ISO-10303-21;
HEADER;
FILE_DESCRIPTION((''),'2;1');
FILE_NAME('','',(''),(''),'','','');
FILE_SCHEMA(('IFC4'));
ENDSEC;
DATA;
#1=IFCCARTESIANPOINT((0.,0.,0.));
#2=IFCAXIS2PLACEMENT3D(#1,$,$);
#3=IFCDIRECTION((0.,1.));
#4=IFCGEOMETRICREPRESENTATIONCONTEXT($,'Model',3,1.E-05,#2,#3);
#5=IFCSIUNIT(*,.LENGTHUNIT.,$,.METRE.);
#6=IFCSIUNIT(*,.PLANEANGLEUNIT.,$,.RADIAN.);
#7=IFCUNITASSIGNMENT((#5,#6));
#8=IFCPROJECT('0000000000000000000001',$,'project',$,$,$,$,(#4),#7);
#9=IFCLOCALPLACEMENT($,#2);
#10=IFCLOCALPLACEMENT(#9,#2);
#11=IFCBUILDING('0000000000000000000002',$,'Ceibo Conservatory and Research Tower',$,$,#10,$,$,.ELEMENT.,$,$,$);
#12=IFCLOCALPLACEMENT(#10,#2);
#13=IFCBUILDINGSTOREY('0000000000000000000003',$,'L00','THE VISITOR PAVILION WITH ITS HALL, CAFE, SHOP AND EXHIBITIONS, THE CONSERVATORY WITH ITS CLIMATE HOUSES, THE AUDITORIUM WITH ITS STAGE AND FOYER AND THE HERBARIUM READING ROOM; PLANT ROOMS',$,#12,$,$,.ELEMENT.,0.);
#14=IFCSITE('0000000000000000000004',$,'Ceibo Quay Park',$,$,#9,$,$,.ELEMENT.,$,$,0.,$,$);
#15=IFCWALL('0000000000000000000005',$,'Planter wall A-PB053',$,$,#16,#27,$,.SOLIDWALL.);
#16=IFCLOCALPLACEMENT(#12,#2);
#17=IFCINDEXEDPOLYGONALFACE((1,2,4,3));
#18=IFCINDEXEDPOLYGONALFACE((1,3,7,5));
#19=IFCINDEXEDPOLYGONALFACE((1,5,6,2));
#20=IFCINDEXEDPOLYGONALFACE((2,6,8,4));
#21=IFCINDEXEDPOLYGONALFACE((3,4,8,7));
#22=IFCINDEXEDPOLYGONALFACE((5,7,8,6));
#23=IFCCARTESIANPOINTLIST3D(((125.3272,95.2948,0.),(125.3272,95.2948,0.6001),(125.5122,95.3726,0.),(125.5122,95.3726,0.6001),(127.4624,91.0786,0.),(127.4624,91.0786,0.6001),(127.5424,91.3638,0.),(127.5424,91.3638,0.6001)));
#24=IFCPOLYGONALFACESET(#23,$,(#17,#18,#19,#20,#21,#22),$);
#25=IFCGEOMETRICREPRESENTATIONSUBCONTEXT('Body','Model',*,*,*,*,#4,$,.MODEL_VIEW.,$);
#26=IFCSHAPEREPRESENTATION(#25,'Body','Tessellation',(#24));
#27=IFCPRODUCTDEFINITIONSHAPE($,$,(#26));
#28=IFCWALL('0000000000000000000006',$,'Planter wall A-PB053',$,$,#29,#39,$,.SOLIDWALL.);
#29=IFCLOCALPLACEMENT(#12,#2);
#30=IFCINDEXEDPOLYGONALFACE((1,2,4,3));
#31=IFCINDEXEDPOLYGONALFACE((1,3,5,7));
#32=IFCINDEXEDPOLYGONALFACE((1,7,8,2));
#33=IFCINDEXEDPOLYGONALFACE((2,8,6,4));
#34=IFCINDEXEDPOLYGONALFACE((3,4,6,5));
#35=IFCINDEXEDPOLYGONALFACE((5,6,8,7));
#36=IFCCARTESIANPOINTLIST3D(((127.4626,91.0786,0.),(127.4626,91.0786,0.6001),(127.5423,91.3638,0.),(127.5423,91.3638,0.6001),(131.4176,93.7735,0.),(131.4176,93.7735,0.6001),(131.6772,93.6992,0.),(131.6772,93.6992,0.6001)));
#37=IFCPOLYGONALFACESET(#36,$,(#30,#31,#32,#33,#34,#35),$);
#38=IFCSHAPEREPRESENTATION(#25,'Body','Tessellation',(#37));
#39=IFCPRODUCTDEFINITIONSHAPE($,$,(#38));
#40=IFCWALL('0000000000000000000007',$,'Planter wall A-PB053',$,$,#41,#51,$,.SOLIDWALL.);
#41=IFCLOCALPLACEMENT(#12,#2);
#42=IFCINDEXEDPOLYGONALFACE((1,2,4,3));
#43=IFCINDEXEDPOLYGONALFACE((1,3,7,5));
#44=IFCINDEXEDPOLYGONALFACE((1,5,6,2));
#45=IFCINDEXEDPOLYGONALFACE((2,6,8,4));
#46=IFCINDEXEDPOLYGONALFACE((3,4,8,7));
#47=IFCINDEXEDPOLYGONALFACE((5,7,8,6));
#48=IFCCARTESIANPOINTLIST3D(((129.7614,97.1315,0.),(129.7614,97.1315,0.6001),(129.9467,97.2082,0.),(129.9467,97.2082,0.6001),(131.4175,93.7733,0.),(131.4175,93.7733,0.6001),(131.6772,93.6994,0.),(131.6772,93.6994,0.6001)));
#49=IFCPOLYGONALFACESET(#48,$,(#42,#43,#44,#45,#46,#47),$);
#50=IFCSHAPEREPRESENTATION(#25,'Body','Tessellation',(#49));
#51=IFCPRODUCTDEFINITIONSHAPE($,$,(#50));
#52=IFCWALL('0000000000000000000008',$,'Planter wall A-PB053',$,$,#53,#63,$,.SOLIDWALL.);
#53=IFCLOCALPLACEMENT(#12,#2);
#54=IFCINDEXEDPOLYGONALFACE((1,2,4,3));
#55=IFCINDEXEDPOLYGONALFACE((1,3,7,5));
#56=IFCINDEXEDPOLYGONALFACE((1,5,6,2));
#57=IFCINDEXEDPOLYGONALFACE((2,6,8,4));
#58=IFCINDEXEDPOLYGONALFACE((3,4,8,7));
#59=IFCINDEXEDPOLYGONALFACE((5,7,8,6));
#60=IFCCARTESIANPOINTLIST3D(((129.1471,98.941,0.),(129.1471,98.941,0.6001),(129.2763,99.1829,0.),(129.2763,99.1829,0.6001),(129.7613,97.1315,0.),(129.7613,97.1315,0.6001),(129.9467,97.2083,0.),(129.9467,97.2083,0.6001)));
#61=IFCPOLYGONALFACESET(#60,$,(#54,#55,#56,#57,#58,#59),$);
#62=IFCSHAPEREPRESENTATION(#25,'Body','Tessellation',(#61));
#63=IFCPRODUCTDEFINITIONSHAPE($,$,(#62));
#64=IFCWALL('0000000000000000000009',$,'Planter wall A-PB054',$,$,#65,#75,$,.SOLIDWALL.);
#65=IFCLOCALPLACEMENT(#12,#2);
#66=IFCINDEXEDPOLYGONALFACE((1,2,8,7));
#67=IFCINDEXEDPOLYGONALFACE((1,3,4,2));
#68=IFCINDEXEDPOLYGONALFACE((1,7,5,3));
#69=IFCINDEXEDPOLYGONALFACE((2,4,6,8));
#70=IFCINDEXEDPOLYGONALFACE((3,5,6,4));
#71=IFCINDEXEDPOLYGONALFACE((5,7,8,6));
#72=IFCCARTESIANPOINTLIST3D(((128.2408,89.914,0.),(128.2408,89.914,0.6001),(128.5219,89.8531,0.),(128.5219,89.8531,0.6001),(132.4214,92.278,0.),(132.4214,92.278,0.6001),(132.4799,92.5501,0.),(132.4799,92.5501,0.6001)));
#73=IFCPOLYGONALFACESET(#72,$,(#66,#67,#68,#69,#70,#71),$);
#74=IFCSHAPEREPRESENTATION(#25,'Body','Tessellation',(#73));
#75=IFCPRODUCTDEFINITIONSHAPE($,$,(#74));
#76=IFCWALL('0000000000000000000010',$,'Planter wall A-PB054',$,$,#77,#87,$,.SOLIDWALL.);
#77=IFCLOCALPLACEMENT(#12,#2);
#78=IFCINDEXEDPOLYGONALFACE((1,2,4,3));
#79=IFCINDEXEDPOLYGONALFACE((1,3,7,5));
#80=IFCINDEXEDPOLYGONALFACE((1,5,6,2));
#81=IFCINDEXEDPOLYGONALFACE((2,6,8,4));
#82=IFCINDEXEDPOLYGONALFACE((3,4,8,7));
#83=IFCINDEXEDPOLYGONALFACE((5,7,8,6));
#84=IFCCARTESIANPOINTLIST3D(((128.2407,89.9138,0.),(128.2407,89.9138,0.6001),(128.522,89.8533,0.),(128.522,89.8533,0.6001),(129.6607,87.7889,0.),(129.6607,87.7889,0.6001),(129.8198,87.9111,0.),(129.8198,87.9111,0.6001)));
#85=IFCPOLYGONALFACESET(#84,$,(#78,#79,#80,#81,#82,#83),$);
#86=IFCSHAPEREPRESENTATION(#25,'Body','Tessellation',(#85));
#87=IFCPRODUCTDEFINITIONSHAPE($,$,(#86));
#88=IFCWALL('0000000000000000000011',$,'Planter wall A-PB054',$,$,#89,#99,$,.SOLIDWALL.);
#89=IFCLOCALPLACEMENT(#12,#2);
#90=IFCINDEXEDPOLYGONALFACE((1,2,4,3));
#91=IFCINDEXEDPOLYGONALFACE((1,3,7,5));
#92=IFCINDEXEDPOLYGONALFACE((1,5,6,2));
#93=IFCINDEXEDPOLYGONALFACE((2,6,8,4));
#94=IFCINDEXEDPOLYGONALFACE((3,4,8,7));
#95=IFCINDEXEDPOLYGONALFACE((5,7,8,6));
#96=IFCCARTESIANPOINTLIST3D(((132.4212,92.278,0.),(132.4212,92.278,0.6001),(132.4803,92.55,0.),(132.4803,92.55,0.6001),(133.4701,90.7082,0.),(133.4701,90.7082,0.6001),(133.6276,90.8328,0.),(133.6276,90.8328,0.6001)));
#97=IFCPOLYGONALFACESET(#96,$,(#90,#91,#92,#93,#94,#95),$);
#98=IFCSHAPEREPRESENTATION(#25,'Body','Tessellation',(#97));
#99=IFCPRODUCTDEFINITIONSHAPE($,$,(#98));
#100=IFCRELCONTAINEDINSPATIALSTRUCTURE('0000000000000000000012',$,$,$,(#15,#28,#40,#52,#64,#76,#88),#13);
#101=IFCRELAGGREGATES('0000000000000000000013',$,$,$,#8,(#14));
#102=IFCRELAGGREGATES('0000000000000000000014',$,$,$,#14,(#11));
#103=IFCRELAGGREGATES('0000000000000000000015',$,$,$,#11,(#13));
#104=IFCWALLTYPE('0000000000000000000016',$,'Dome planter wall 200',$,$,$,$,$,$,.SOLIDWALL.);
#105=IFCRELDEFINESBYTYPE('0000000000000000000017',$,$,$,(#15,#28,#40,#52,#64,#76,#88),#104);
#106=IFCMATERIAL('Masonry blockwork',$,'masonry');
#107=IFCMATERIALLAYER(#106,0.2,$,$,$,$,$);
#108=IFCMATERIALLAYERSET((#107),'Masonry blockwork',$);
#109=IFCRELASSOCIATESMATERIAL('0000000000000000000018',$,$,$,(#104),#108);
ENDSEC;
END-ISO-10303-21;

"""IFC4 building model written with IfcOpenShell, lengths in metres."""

from ifc_helpers import new_model, si_unit, direction, frame, origin, place, context, subcontext, project, spatial, polyline, outline, extrude, material, layer, layer_set, type_object, element, save


model = new_model("IFC4")

# Units and contexts
model_context = context("Model", 3, precision=1e-05, world=origin(), true_north=direction((0.0, 1.0)))
body_context = subcontext(model_context, "Body", "Model", "MODEL_VIEW")
ifc_project = project(units=[si_unit("LENGTHUNIT", "METRE"), si_unit("PLANEANGLEUNIT", "RADIAN")], contexts=[model_context])

# Site, building, storey
site_placement = place(None, origin())
site = spatial("IfcSite", under=ifc_project, at=site_placement, Name="Ceibo Quay Park", CompositionType="ELEMENT", RefElevation=0.0)
building_placement = place(site_placement, origin())
building = spatial("IfcBuilding", under=site, at=building_placement, Name="Ceibo Conservatory and Research Tower", CompositionType="ELEMENT")
storey_placement = place(building_placement, origin())
storey = spatial("IfcBuildingStorey", under=building, at=storey_placement, Name="L00", Description="THE VISITOR PAVILION WITH ITS HALL, CAFE, SHOP AND EXHIBITIONS, THE CONSERVATORY WITH ITS CLIMATE HOUSES, THE AUDITORIUM WITH ITS STAGE AND FOYER AND THE HERBARIUM READING ROOM; PLANT ROOMS", CompositionType="ELEMENT", Elevation=0.0)

# Walls
ifc_material_1 = material(Name="Masonry blockwork", Category="masonry")
ifc_layer_1 = layer(ifc_material_1, 0.2)
ifc_layer_set_1 = layer_set([ifc_layer_1], Name="Masonry blockwork")
wall_type_1 = type_object("IfcWallType", Name="Dome planter wall 200", PredefinedType="SOLIDWALL", material=ifc_layer_set_1)
wall_1_placement = place(storey_placement, frame((125.4197, 95.3337, 0.0), z_axis=(0.0, 0.0, 1.0), x_axis=(0.451805, -0.892117, 0.0)))
element("IfcWall", 1, at=wall_1_placement, inside=storey, type_object=wall_type_1, Name="Planter wall A-PB053", PredefinedType="SOLIDWALL", context=body_context, shape_type="SweptSolid", body=[
    extrude(outline(polyline([(-0.0071, -0.1001), (4.719, -0.1001), (4.5007, 0.1001), (0.0071, 0.1001), (-0.0071, -0.1001)])), origin(), (0.0, 0.0, 1.0), 0.6001),
])
wall_2_placement = place(storey_placement, frame((127.5024, 91.2212, 0.0), z_axis=(0.0, 0.0, 1.0), x_axis=(0.849217, 0.528044, 0.0)))
element("IfcWall", 2, at=wall_2_placement, inside=storey, type_object=wall_type_1, Name="Planter wall A-PB053", PredefinedType="SOLIDWALL", context=body_context, shape_type="SweptSolid", body=[
    extrude(outline(polyline([(-0.1091, -0.1001), (4.8538, -0.1001), (4.6726, 0.1001), (0.1091, 0.1001), (-0.1091, -0.1001)])), origin(), (0.0, 0.0, 1.0), 0.6001),
])
wall_3_placement = place(storey_placement, frame((131.5474, 93.7363, 0.0), z_axis=(0.0, 0.0, 1.0), x_axis=(-0.442309, 0.896863, 0.0)))
element("IfcWall", 3, at=wall_3_placement, inside=storey, type_object=wall_type_1, Name="Planter wall A-PB053", PredefinedType="SOLIDWALL", context=body_context, shape_type="SweptSolid", body=[
    extrude(outline(polyline([(-0.0906, -0.1001), (3.8218, -0.1001), (3.835, 0.1001), (0.0906, 0.1001), (-0.0906, -0.1001)])), origin(), (0.0, 0.0, 1.0), 0.6001),
])
wall_4_placement = place(storey_placement, frame((129.854, 97.1699, 0.0), z_axis=(0.0, 0.0, 1.0), x_axis=(-0.321465, 0.946922, 0.0)))
element("IfcWall", 4, at=wall_4_placement, inside=storey, type_object=wall_type_1, Name="Planter wall A-PB053", PredefinedType="SOLIDWALL", context=body_context, shape_type="SweptSolid", body=[
    extrude(outline(polyline([(0.0066, -0.1001), (2.0918, -0.1001), (1.9043, 0.1001), (-0.0066, 0.1001), (0.0066, -0.1001)])), origin(), (0.0, 0.0, 1.0), 0.6001),
])
wall_5_placement = place(storey_placement, frame((132.4507, 92.4141, 0.0), z_axis=(0.0, 0.0, 1.0), x_axis=(-0.849198, -0.528074, 0.0)))
element("IfcWall", 5, at=wall_5_placement, inside=storey, type_object=wall_type_1, Name="Planter wall A-PB054", PredefinedType="SOLIDWALL", context=body_context, shape_type="SweptSolid", body=[
    extrude(outline(polyline([(-0.0967, -0.1001), (4.8953, -0.1001), (4.6887, 0.1001), (0.0967, 0.1001), (-0.0967, -0.1001)])), origin(), (0.0, 0.0, 1.0), 0.6001),
])
wall_6_placement = place(storey_placement, frame((128.3813, 89.8835, 0.0), z_axis=(0.0, 0.0, 1.0), x_axis=(0.555621, -0.831435, 0.0)))
element("IfcWall", 6, at=wall_6_placement, inside=storey, type_object=wall_type_1, Name="Planter wall A-PB054", PredefinedType="SOLIDWALL", context=body_context, shape_type="SweptSolid", body=[
    extrude(outline(polyline([(-0.1033, -0.1001), (2.4524, -0.1001), (2.4392, 0.1001), (0.1033, 0.1001), (-0.1033, -0.1001)])), origin(), (0.0, 0.0, 1.0), 0.6001),
])
wall_7_placement = place(storey_placement, frame((133.5488, 90.7705, 0.0), z_axis=(0.0, 0.0, 1.0), x_axis=(-0.555555, 0.83148, 0.0)))
element("IfcWall", 7, at=wall_7_placement, inside=storey, type_object=wall_type_1, Name="Planter wall A-PB054", PredefinedType="SOLIDWALL", context=body_context, shape_type="SweptSolid", body=[
    extrude(outline(polyline([(0.0081, -0.1001), (2.0732, -0.1001), (1.8799, 0.1001), (-0.0081, 0.1001), (0.0081, -0.1001)])), origin(), (0.0, 0.0, 1.0), 0.6001),
])

save(model, "model.ifc")
